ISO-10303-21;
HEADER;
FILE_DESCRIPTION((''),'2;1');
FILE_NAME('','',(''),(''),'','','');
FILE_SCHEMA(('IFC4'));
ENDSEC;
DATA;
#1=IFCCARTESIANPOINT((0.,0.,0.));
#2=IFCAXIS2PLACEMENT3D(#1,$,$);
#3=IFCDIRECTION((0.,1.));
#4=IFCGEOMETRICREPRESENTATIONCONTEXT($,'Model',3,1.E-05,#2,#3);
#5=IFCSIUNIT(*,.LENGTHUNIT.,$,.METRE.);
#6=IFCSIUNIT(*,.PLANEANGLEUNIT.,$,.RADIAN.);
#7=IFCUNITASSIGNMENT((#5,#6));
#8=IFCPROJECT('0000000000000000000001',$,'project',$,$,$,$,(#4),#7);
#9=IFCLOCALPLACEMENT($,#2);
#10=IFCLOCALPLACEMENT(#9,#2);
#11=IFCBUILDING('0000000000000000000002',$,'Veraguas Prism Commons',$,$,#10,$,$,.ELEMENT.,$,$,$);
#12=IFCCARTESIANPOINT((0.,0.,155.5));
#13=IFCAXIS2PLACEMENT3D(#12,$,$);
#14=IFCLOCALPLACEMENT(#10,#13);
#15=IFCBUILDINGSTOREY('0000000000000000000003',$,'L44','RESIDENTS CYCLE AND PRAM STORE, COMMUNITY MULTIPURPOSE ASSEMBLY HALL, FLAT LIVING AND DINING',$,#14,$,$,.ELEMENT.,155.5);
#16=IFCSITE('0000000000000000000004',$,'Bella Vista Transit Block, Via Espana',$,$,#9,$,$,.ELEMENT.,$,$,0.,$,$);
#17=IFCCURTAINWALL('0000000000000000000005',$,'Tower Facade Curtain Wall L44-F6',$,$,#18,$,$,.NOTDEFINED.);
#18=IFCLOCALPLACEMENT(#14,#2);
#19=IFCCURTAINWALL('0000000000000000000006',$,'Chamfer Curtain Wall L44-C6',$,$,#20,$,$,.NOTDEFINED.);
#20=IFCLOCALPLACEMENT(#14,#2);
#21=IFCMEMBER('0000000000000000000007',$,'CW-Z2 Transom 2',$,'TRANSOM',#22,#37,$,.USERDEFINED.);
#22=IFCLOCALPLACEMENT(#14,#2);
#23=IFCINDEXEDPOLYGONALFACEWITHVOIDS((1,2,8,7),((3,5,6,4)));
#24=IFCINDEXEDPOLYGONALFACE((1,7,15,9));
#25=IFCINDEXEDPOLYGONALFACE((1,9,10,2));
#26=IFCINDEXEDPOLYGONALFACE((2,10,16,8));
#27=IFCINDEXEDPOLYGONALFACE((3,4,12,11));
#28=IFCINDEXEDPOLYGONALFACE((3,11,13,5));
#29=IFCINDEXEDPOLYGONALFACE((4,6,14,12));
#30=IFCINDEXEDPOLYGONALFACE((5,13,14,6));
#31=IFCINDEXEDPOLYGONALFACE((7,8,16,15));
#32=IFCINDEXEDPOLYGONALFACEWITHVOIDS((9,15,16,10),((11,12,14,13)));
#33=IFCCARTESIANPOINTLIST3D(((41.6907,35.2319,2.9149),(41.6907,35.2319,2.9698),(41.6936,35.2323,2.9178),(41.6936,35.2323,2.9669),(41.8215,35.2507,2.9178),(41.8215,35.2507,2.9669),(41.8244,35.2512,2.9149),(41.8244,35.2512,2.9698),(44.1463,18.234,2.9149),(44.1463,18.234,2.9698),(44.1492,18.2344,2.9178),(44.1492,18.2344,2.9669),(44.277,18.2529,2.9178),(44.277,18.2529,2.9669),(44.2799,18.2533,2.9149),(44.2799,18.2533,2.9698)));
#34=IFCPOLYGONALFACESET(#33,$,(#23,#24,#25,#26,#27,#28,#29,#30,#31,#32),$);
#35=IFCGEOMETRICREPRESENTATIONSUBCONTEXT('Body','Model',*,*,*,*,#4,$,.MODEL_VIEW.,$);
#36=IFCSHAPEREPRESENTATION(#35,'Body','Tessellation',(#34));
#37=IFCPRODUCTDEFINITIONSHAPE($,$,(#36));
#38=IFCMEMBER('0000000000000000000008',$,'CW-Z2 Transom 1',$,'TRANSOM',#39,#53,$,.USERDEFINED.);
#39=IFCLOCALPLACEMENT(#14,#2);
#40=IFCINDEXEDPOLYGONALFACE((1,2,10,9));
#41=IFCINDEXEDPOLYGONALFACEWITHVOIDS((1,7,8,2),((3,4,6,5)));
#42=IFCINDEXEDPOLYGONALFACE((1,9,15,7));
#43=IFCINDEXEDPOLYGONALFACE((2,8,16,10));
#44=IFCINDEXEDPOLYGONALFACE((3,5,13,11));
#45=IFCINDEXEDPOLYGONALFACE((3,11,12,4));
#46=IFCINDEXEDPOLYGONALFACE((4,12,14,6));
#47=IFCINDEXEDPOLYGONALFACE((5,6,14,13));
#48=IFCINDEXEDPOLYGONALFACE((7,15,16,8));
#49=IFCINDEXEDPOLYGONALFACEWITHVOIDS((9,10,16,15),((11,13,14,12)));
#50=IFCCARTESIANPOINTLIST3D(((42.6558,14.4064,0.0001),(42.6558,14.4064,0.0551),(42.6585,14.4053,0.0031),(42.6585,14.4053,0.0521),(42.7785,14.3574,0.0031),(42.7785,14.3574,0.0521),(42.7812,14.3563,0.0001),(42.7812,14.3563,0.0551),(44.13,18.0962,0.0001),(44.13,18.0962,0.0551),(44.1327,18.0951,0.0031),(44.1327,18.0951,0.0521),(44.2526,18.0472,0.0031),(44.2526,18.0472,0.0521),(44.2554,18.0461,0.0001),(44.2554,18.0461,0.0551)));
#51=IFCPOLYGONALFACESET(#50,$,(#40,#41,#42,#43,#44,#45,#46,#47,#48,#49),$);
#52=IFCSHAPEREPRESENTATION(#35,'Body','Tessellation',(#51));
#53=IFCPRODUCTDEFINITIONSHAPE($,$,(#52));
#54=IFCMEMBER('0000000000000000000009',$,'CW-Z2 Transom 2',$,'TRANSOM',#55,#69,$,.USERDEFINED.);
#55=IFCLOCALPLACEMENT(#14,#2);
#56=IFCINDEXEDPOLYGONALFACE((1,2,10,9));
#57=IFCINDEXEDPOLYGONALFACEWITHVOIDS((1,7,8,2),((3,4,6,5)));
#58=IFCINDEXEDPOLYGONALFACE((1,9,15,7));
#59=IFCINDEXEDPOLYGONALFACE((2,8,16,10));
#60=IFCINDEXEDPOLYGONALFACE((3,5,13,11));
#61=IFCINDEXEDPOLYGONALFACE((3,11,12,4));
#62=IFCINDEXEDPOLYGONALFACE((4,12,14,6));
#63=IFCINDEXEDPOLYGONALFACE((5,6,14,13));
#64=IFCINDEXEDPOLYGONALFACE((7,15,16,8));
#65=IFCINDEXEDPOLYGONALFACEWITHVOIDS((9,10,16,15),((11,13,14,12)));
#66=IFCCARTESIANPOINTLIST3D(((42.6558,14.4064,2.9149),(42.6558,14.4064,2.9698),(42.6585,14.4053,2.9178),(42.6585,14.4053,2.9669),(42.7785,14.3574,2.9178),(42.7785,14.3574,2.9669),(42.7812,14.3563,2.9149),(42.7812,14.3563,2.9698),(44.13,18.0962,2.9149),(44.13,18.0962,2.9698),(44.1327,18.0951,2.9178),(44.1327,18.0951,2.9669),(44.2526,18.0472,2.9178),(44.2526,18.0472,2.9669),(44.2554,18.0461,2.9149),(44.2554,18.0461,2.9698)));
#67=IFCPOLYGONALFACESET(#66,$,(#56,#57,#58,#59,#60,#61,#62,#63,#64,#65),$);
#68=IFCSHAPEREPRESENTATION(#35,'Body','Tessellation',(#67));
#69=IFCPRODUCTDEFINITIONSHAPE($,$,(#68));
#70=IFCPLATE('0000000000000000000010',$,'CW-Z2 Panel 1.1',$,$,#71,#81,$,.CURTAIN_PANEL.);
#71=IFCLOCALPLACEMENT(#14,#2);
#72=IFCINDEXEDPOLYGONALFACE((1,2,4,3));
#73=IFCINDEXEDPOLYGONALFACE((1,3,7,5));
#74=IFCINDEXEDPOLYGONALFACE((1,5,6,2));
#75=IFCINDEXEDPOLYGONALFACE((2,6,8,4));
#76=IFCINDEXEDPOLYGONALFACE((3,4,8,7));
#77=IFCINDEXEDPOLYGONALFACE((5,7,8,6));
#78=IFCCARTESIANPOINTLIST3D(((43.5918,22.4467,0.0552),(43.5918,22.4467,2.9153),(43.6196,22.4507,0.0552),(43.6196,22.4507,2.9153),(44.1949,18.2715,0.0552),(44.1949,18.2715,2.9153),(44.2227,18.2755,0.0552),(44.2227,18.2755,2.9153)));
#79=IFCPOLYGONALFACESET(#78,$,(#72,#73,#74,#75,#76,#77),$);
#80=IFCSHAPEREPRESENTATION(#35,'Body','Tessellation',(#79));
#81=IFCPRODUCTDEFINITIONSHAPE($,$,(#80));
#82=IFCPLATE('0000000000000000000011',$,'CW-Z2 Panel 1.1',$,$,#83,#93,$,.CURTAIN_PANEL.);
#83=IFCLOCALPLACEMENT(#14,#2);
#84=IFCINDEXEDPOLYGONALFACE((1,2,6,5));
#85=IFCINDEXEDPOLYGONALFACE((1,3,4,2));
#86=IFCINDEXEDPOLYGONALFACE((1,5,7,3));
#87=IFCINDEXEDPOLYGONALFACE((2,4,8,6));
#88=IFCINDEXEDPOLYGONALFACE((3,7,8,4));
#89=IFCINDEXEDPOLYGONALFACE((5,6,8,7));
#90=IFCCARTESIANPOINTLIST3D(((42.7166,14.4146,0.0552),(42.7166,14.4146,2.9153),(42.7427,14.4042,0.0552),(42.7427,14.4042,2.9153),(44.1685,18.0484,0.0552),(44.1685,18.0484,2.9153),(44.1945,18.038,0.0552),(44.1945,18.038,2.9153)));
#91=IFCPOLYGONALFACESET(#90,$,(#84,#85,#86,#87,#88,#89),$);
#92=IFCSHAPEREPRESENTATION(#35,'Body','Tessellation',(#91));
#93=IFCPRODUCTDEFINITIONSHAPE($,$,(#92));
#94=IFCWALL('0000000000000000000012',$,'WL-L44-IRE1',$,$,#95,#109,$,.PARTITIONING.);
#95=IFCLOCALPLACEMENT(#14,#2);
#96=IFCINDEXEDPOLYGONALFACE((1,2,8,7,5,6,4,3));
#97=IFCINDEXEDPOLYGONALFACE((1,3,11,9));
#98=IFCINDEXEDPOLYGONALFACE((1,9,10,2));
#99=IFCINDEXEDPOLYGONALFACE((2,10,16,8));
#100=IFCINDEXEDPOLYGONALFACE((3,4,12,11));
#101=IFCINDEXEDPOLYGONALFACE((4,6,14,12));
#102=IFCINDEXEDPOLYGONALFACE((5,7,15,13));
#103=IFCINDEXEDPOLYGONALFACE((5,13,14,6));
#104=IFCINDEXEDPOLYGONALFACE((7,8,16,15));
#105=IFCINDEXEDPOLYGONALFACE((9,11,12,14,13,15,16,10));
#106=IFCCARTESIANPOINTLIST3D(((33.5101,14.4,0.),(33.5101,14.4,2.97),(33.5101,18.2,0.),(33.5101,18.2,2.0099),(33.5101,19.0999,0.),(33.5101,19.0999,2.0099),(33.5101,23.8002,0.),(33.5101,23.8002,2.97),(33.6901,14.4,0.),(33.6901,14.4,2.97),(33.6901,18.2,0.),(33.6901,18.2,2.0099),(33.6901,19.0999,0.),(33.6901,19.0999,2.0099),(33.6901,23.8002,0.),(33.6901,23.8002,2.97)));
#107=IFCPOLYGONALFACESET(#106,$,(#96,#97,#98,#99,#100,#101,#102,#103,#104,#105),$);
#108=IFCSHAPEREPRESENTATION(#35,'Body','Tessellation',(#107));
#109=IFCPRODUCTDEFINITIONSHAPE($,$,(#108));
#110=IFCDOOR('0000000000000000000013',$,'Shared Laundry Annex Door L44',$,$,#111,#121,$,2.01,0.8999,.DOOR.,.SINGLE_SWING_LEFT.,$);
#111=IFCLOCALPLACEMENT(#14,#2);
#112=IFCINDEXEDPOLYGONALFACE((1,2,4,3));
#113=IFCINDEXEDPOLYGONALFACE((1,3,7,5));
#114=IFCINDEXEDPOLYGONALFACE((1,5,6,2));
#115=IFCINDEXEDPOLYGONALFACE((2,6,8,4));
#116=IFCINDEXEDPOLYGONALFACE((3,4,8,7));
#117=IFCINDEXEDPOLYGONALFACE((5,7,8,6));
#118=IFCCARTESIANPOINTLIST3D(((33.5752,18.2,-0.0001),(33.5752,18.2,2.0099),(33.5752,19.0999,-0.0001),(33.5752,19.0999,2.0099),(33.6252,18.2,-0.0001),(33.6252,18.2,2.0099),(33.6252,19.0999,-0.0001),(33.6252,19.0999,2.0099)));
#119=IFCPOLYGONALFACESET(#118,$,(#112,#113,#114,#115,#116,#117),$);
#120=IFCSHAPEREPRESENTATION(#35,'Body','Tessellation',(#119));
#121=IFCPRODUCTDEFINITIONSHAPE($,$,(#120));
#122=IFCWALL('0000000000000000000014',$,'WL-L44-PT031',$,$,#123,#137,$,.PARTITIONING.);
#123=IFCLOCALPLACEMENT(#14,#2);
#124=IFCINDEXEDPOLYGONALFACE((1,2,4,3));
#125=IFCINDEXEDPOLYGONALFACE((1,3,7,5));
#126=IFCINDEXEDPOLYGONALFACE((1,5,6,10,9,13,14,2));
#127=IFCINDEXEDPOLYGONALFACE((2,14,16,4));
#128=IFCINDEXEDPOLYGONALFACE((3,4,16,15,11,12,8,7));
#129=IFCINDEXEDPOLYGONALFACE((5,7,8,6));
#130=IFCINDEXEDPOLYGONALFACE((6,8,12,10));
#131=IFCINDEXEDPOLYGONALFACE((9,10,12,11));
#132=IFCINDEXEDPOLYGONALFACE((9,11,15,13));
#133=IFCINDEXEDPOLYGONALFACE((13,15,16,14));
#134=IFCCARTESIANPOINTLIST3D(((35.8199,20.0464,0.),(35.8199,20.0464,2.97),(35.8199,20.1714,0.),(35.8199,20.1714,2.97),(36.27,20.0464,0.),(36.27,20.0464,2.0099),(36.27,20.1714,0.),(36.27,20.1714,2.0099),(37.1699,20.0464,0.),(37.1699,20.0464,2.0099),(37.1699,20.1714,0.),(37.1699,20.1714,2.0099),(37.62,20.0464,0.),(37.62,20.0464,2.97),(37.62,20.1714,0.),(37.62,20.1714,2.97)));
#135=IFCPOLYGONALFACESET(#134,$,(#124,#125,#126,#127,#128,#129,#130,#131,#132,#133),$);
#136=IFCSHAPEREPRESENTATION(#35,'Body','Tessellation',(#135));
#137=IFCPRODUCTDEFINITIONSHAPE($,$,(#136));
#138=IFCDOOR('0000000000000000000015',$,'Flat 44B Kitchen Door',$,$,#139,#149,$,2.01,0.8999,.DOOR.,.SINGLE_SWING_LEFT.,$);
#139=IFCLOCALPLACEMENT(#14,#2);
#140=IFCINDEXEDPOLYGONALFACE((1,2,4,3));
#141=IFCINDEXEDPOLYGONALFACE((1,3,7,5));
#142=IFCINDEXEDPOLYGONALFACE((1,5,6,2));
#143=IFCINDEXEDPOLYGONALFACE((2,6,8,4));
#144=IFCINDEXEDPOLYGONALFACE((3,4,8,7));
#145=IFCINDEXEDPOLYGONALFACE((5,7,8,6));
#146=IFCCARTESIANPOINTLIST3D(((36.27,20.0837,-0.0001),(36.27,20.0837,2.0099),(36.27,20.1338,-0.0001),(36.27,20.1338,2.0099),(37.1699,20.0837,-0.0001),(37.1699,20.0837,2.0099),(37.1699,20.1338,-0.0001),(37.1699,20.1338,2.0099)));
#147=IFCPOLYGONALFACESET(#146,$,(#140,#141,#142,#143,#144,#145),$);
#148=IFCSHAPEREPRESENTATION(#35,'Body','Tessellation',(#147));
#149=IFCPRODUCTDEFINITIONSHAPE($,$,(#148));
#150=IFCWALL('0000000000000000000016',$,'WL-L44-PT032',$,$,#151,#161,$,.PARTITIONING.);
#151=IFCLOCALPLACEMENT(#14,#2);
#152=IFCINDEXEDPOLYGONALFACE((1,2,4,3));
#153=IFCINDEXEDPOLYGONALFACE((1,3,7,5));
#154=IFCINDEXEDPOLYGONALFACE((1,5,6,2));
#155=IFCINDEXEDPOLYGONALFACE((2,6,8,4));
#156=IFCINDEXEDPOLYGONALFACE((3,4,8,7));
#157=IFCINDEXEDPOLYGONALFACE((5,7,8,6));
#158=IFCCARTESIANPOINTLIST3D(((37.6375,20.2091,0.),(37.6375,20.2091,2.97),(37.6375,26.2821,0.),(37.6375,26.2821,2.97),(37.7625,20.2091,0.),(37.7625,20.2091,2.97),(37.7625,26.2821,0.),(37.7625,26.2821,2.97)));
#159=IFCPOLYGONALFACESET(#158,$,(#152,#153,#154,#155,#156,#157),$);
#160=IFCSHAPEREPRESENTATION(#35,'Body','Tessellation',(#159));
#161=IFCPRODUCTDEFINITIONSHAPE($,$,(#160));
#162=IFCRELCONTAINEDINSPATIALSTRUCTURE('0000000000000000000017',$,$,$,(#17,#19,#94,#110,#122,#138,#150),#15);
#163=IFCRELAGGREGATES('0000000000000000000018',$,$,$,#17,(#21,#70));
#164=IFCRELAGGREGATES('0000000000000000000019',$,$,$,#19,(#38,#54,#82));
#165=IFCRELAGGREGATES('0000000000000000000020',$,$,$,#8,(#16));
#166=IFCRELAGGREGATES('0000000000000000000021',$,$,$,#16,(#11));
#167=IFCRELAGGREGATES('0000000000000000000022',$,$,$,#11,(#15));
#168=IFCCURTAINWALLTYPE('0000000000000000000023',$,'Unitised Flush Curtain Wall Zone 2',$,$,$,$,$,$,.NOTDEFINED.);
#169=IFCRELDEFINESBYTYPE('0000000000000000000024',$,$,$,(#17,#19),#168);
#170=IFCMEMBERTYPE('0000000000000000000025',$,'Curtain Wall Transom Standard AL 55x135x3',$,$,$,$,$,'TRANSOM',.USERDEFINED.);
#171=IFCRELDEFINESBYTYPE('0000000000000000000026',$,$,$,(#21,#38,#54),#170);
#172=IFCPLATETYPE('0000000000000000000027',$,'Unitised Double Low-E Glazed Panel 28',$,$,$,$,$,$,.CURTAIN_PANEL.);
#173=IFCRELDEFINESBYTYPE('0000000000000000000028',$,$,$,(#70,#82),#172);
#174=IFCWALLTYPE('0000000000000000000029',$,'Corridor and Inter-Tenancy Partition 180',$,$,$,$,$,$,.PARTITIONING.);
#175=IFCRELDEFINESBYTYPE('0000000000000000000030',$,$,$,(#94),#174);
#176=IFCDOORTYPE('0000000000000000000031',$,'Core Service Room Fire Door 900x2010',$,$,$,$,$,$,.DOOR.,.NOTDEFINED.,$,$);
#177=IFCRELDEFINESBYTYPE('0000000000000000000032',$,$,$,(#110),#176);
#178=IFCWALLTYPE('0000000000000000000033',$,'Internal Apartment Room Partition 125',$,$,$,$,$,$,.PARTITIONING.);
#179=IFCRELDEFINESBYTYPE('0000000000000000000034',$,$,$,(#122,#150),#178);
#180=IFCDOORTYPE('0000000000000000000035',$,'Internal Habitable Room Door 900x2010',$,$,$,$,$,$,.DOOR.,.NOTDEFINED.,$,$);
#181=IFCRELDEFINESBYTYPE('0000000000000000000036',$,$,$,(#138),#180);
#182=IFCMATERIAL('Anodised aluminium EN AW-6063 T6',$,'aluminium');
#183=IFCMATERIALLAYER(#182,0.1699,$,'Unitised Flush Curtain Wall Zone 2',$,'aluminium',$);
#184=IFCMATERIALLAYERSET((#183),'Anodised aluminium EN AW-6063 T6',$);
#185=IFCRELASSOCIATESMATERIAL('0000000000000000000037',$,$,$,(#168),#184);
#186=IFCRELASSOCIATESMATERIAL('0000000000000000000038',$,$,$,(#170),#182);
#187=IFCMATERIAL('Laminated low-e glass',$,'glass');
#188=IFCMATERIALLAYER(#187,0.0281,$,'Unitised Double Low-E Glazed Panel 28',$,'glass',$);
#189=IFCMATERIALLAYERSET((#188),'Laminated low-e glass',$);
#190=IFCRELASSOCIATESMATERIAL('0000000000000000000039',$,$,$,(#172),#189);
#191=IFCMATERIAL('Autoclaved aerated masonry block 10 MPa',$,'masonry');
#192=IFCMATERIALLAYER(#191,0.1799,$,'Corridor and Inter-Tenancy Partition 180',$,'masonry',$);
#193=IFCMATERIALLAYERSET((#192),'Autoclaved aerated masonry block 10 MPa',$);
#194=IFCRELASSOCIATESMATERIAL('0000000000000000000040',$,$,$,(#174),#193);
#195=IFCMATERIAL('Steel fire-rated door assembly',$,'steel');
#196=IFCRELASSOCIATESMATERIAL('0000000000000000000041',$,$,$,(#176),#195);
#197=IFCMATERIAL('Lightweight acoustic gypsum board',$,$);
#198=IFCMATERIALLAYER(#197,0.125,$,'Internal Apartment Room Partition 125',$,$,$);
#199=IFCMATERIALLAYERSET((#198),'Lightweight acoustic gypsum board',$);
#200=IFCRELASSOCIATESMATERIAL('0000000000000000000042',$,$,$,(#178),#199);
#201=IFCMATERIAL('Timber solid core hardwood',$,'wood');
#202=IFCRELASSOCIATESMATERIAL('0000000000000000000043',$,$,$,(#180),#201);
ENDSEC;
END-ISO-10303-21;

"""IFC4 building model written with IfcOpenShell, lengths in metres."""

from ifc_helpers import new_model, si_unit, direction, frame, frame_2d, origin, origin_2d, place, context, subcontext, project, spatial, rectangle, hollow_rectangle, extrude, source, transform, mapped, material, layer, layer_set, material_profile, profile_set, type_object, element, fill, aggregate, save


model = new_model("IFC4")

# Units and contexts
model_context = context("Model", 3, precision=1e-05, world=origin(), true_north=direction((0.0, 1.0)))
body_context = subcontext(model_context, "Body", "Model", "MODEL_VIEW")
ifc_project = project(units=[si_unit("LENGTHUNIT", "METRE"), si_unit("PLANEANGLEUNIT", "RADIAN")], contexts=[model_context])

# Site, building, storey
site_placement = place(None, origin())
site = spatial("IfcSite", under=ifc_project, at=site_placement, Name="Bella Vista Transit Block, Via Espana", CompositionType="ELEMENT", RefElevation=0.0)
building_placement = place(site_placement, origin())
building = spatial("IfcBuilding", under=site, at=building_placement, Name="Veraguas Prism Commons", CompositionType="ELEMENT")
storey_placement = place(building_placement, frame((0.0, 0.0, 155.5)))
storey = spatial("IfcBuildingStorey", under=building, at=storey_placement, Name="L44", Description="RESIDENTS CYCLE AND PRAM STORE, COMMUNITY MULTIPURPOSE ASSEMBLY HALL, FLAT LIVING AND DINING", CompositionType="ELEMENT", Elevation=155.5)

# Curtain wall
ifc_material_1 = material(Name="Anodised aluminium EN AW-6063 T6", Category="aluminium")
ifc_layer_1 = layer(ifc_material_1, 0.1699, Name="Unitised Flush Curtain Wall Zone 2", Category="aluminium")
ifc_layer_set_1 = layer_set([ifc_layer_1], Name="Anodised aluminium EN AW-6063 T6")
curtain_wall_type = type_object("IfcCurtainWallType", Name="Unitised Flush Curtain Wall Zone 2", PredefinedType="NOTDEFINED", material=ifc_layer_set_1)
curtain_wall_1_placement = place(storey_placement, origin())
curtain_wall_1 = element("IfcCurtainWall", 1, at=curtain_wall_1_placement, inside=storey, type_object=curtain_wall_type, Name="Tower Facade Curtain Wall L44-F6", PredefinedType="NOTDEFINED")

# Curtain wall
curtain_wall_2_placement = place(storey_placement, origin())
curtain_wall_2 = element("IfcCurtainWall", 2, at=curtain_wall_2_placement, inside=storey, type_object=curtain_wall_type, Name="Chamfer Curtain Wall L44-C6", PredefinedType="NOTDEFINED")

# Members
ifc_material_profile_1 = material_profile(ifc_material_1, hollow_rectangle(XDim=0.0549, YDim=0.135, WallThickness=0.0029, at=origin_2d()), Name="AL55X135X3")
ifc_profile_set_1 = profile_set([ifc_material_profile_1], Name="Anodised aluminium EN AW-6063 T6")
member_type_1 = type_object("IfcMemberType", Name="Curtain Wall Transom Standard AL 55x135x3", ElementType="TRANSOM", PredefinedType="USERDEFINED", material=ifc_profile_set_1)
shared_shape_1 = source(origin(), body_context, "Body", "SweptSolid", [
    extrude(hollow_rectangle(XDim=0.0549, YDim=0.135, WallThickness=0.0029, at=origin_2d()), origin(), (0.0, 0.0, 1.0), 17.1743),
])
member_1_placement = place(storey_placement, frame((44.2131, 18.2437, 2.9424), z_axis=(-0.142979, 0.989726, 0.0), x_axis=(0.0, 0.0, 1.0)))
member_1 = element("IfcMember", 3, at=member_1_placement, type_object=member_type_1, Name="CW-Z2 Transom 2", ObjectType="TRANSOM", PredefinedType="USERDEFINED", context=body_context, shape_type="MappedRepresentation", body=[
    mapped(shared_shape_1, transform((0.0, 0.0, 0.0), scale=1.0)),
])
shared_shape_2 = source(origin(), body_context, "Body", "SweptSolid", [
    extrude(hollow_rectangle(XDim=0.0549, YDim=0.135, WallThickness=0.0029, at=origin_2d()), origin(), (0.0, 0.0, 1.0), 3.9734),
])
member_2_placement = place(storey_placement, frame((42.7185, 14.3813, 0.0276), z_axis=(0.371009, 0.928629, 0.0), x_axis=(0.0, 0.0, 1.0)))
member_2 = element("IfcMember", 4, at=member_2_placement, type_object=member_type_1, Name="CW-Z2 Transom 1", ObjectType="TRANSOM", PredefinedType="USERDEFINED", context=body_context, shape_type="MappedRepresentation", body=[
    mapped(shared_shape_2, transform((0.0, 0.0, 0.0), scale=1.0)),
])
member_3_placement = place(storey_placement, frame((42.7185, 14.3813, 2.9424), z_axis=(0.371009, 0.928629, 0.0), x_axis=(0.0, 0.0, 1.0)))
member_3 = element("IfcMember", 5, at=member_3_placement, type_object=member_type_1, Name="CW-Z2 Transom 2", ObjectType="TRANSOM", PredefinedType="USERDEFINED", context=body_context, shape_type="MappedRepresentation", body=[
    mapped(shared_shape_2, transform((0.0, 0.0, 0.0), scale=1.0)),
])

# Plates
ifc_material_2 = material(Name="Laminated low-e glass", Category="glass")
ifc_layer_2 = layer(ifc_material_2, 0.0281, Name="Unitised Double Low-E Glazed Panel 28", Category="glass")
ifc_layer_set_2 = layer_set([ifc_layer_2], Name="Laminated low-e glass")
plate_type = type_object("IfcPlateType", Name="Unitised Double Low-E Glazed Panel 28", PredefinedType="CURTAIN_PANEL", material=ifc_layer_set_2)
shared_shape_3 = source(origin(), body_context, "Body", "SweptSolid", [
    extrude(rectangle(XDim=4.2185, YDim=0.0281, at=origin_2d()), origin(), (0.0, 0.0, 1.0), 2.8601),
])
plate_1_placement = place(storey_placement, frame((43.9072, 20.3611, 0.0552), z_axis=(0.0, 0.0, 1.0), x_axis=(-0.142971, 0.989727, 0.0)))
plate_1 = element("IfcPlate", 6, at=plate_1_placement, type_object=plate_type, Name="CW-Z2 Panel 1.1", PredefinedType="CURTAIN_PANEL", context=body_context, shape_type="MappedRepresentation", body=[
    mapped(shared_shape_3, transform((0.0, 0.0, 0.0), scale=1.0)),
])
aggregate(curtain_wall_1, [member_1, plate_1])
shared_shape_4 = source(origin(), body_context, "Body", "SweptSolid", [
    extrude(rectangle(XDim=3.9131, YDim=0.0281, at=origin_2d()), origin(), (0.0, 0.0, 1.0), 2.8601),
])
plate_2_placement = place(storey_placement, frame((43.4556, 16.2263, 0.0552), z_axis=(0.0, 0.0, 1.0), x_axis=(0.371023, 0.928624, 0.0)))
plate_2 = element("IfcPlate", 7, at=plate_2_placement, type_object=plate_type, Name="CW-Z2 Panel 1.1", PredefinedType="CURTAIN_PANEL", context=body_context, shape_type="MappedRepresentation", body=[
    mapped(shared_shape_4, transform((0.0, 0.0, 0.0), scale=1.0)),
])
aggregate(curtain_wall_2, [member_2, member_3, plate_2])

# Walls, openings, doors
ifc_material_3 = material(Name="Autoclaved aerated masonry block 10 MPa", Category="masonry")
ifc_layer_3 = layer(ifc_material_3, 0.1799, Name="Corridor and Inter-Tenancy Partition 180", Category="masonry")
ifc_layer_set_3 = layer_set([ifc_layer_3], Name="Autoclaved aerated masonry block 10 MPa")
wall_type_1 = type_object("IfcWallType", Name="Corridor and Inter-Tenancy Partition 180", PredefinedType="PARTITIONING", material=ifc_layer_set_3)
wall_1_placement = place(storey_placement, frame((33.6001, 14.3999, 0.0), z_axis=(0.0, 0.0, 1.0), x_axis=(0.0, 1.0, 0.0)))
wall_1 = element("IfcWall", 8, at=wall_1_placement, inside=storey, type_object=wall_type_1, Name="WL-L44-IRE1", PredefinedType="PARTITIONING", context=body_context, shape_type="SweptSolid", body=[
    extrude(rectangle(XDim=9.4001, YDim=0.1799, at=frame_2d((4.7002, 0.0))), origin(), (0.0, 0.0, 1.0), 2.97),
])
opening_1_placement = place(wall_1_placement, frame((3.8, 0.0, 0.0)))
opening_1 = element("IfcOpeningElement", 9, at=opening_1_placement, cuts=wall_1, PredefinedType="OPENING", context=body_context, shape_type="SweptSolid", body=[
    extrude(rectangle(XDim=0.8999, YDim=2.01, at=frame_2d((0.45, 1.0049))), frame((0.0, 0.0999, 0.0), z_axis=(0.0, -1.0, 0.0), x_axis=(1.0, 0.0, 0.0)), (0.0, 0.0, 1.0), 0.2),
])
ifc_material_4 = material(Name="Steel fire-rated door assembly", Category="steel")
door_type_1 = type_object("IfcDoorType", Name="Core Service Room Fire Door 900x2010", OperationType="NOTDEFINED", PredefinedType="DOOR", material=ifc_material_4)
shared_shape_5 = source(origin(), body_context, "Body", "SweptSolid", [
    extrude(rectangle(XDim=0.8999, YDim=2.01, at=frame_2d((0.45, 1.0049))), frame((0.0, 0.0249, 0.0), z_axis=(0.0, -1.0, 0.0), x_axis=(1.0, 0.0, 0.0)), (0.0, 0.0, 1.0), 0.05),
])
door_1_placement = place(opening_1_placement, origin())
door_1 = element("IfcDoor", 10, at=door_1_placement, inside=storey, type_object=door_type_1, Name="Shared Laundry Annex Door L44", OperationType="SINGLE_SWING_LEFT", OverallHeight=2.01, OverallWidth=0.8999, PredefinedType="DOOR", context=body_context, shape_type="MappedRepresentation", body=[
    mapped(shared_shape_5, transform((0.0, 0.0, 0.0), scale=1.0)),
])
fill(opening_1, door_1)
ifc_material_5 = material(Name="Lightweight acoustic gypsum board")
ifc_layer_4 = layer(ifc_material_5, 0.125, Name="Internal Apartment Room Partition 125")
ifc_layer_set_4 = layer_set([ifc_layer_4], Name="Lightweight acoustic gypsum board")
wall_type_2 = type_object("IfcWallType", Name="Internal Apartment Room Partition 125", PredefinedType="PARTITIONING", material=ifc_layer_set_4)
wall_2_placement = place(storey_placement, frame((35.8201, 20.1089, 0.0), z_axis=(0.0, 0.0, 1.0), x_axis=(1.0, 0.0, 0.0)))
wall_2 = element("IfcWall", 11, at=wall_2_placement, inside=storey, type_object=wall_type_2, Name="WL-L44-PT031", PredefinedType="PARTITIONING", context=body_context, shape_type="SweptSolid", body=[
    extrude(rectangle(XDim=1.8, YDim=0.125, at=frame_2d((0.8999, 0.0))), origin(), (0.0, 0.0, 1.0), 2.97),
])
opening_2_placement = place(wall_2_placement, frame((0.45, 0.0, 0.0)))
opening_2 = element("IfcOpeningElement", 12, at=opening_2_placement, cuts=wall_2, PredefinedType="OPENING", context=body_context, shape_type="SweptSolid", body=[
    extrude(rectangle(XDim=0.8999, YDim=2.01, at=frame_2d((0.45, 1.0049))), frame((0.0, 0.0725, 0.0), z_axis=(0.0, -1.0, 0.0), x_axis=(1.0, 0.0, 0.0)), (0.0, 0.0, 1.0), 0.145),
])
ifc_material_6 = material(Name="Timber solid core hardwood", Category="wood")
door_type_2 = type_object("IfcDoorType", Name="Internal Habitable Room Door 900x2010", OperationType="NOTDEFINED", PredefinedType="DOOR", material=ifc_material_6)
door_2_placement = place(opening_2_placement, origin())
door_2 = element("IfcDoor", 13, at=door_2_placement, inside=storey, type_object=door_type_2, Name="Flat 44B Kitchen Door", OperationType="SINGLE_SWING_LEFT", OverallHeight=2.01, OverallWidth=0.8999, PredefinedType="DOOR", context=body_context, shape_type="MappedRepresentation", body=[
    mapped(shared_shape_5, transform((0.0, 0.0, 0.0), scale=1.0)),
])
fill(opening_2, door_2)

# Wall
wall_3_placement = place(storey_placement, frame((37.7, 20.209, 0.0), z_axis=(0.0, 0.0, 1.0), x_axis=(0.0, 1.0, 0.0)))
element("IfcWall", 14, at=wall_3_placement, inside=storey, type_object=wall_type_2, Name="WL-L44-PT032", PredefinedType="PARTITIONING", context=body_context, shape_type="SweptSolid", body=[
    extrude(rectangle(XDim=6.073, YDim=0.125, at=frame_2d((3.0366, 0.0))), origin(), (0.0, 0.0, 1.0), 2.97),
])

save(model, "model.ifc")
